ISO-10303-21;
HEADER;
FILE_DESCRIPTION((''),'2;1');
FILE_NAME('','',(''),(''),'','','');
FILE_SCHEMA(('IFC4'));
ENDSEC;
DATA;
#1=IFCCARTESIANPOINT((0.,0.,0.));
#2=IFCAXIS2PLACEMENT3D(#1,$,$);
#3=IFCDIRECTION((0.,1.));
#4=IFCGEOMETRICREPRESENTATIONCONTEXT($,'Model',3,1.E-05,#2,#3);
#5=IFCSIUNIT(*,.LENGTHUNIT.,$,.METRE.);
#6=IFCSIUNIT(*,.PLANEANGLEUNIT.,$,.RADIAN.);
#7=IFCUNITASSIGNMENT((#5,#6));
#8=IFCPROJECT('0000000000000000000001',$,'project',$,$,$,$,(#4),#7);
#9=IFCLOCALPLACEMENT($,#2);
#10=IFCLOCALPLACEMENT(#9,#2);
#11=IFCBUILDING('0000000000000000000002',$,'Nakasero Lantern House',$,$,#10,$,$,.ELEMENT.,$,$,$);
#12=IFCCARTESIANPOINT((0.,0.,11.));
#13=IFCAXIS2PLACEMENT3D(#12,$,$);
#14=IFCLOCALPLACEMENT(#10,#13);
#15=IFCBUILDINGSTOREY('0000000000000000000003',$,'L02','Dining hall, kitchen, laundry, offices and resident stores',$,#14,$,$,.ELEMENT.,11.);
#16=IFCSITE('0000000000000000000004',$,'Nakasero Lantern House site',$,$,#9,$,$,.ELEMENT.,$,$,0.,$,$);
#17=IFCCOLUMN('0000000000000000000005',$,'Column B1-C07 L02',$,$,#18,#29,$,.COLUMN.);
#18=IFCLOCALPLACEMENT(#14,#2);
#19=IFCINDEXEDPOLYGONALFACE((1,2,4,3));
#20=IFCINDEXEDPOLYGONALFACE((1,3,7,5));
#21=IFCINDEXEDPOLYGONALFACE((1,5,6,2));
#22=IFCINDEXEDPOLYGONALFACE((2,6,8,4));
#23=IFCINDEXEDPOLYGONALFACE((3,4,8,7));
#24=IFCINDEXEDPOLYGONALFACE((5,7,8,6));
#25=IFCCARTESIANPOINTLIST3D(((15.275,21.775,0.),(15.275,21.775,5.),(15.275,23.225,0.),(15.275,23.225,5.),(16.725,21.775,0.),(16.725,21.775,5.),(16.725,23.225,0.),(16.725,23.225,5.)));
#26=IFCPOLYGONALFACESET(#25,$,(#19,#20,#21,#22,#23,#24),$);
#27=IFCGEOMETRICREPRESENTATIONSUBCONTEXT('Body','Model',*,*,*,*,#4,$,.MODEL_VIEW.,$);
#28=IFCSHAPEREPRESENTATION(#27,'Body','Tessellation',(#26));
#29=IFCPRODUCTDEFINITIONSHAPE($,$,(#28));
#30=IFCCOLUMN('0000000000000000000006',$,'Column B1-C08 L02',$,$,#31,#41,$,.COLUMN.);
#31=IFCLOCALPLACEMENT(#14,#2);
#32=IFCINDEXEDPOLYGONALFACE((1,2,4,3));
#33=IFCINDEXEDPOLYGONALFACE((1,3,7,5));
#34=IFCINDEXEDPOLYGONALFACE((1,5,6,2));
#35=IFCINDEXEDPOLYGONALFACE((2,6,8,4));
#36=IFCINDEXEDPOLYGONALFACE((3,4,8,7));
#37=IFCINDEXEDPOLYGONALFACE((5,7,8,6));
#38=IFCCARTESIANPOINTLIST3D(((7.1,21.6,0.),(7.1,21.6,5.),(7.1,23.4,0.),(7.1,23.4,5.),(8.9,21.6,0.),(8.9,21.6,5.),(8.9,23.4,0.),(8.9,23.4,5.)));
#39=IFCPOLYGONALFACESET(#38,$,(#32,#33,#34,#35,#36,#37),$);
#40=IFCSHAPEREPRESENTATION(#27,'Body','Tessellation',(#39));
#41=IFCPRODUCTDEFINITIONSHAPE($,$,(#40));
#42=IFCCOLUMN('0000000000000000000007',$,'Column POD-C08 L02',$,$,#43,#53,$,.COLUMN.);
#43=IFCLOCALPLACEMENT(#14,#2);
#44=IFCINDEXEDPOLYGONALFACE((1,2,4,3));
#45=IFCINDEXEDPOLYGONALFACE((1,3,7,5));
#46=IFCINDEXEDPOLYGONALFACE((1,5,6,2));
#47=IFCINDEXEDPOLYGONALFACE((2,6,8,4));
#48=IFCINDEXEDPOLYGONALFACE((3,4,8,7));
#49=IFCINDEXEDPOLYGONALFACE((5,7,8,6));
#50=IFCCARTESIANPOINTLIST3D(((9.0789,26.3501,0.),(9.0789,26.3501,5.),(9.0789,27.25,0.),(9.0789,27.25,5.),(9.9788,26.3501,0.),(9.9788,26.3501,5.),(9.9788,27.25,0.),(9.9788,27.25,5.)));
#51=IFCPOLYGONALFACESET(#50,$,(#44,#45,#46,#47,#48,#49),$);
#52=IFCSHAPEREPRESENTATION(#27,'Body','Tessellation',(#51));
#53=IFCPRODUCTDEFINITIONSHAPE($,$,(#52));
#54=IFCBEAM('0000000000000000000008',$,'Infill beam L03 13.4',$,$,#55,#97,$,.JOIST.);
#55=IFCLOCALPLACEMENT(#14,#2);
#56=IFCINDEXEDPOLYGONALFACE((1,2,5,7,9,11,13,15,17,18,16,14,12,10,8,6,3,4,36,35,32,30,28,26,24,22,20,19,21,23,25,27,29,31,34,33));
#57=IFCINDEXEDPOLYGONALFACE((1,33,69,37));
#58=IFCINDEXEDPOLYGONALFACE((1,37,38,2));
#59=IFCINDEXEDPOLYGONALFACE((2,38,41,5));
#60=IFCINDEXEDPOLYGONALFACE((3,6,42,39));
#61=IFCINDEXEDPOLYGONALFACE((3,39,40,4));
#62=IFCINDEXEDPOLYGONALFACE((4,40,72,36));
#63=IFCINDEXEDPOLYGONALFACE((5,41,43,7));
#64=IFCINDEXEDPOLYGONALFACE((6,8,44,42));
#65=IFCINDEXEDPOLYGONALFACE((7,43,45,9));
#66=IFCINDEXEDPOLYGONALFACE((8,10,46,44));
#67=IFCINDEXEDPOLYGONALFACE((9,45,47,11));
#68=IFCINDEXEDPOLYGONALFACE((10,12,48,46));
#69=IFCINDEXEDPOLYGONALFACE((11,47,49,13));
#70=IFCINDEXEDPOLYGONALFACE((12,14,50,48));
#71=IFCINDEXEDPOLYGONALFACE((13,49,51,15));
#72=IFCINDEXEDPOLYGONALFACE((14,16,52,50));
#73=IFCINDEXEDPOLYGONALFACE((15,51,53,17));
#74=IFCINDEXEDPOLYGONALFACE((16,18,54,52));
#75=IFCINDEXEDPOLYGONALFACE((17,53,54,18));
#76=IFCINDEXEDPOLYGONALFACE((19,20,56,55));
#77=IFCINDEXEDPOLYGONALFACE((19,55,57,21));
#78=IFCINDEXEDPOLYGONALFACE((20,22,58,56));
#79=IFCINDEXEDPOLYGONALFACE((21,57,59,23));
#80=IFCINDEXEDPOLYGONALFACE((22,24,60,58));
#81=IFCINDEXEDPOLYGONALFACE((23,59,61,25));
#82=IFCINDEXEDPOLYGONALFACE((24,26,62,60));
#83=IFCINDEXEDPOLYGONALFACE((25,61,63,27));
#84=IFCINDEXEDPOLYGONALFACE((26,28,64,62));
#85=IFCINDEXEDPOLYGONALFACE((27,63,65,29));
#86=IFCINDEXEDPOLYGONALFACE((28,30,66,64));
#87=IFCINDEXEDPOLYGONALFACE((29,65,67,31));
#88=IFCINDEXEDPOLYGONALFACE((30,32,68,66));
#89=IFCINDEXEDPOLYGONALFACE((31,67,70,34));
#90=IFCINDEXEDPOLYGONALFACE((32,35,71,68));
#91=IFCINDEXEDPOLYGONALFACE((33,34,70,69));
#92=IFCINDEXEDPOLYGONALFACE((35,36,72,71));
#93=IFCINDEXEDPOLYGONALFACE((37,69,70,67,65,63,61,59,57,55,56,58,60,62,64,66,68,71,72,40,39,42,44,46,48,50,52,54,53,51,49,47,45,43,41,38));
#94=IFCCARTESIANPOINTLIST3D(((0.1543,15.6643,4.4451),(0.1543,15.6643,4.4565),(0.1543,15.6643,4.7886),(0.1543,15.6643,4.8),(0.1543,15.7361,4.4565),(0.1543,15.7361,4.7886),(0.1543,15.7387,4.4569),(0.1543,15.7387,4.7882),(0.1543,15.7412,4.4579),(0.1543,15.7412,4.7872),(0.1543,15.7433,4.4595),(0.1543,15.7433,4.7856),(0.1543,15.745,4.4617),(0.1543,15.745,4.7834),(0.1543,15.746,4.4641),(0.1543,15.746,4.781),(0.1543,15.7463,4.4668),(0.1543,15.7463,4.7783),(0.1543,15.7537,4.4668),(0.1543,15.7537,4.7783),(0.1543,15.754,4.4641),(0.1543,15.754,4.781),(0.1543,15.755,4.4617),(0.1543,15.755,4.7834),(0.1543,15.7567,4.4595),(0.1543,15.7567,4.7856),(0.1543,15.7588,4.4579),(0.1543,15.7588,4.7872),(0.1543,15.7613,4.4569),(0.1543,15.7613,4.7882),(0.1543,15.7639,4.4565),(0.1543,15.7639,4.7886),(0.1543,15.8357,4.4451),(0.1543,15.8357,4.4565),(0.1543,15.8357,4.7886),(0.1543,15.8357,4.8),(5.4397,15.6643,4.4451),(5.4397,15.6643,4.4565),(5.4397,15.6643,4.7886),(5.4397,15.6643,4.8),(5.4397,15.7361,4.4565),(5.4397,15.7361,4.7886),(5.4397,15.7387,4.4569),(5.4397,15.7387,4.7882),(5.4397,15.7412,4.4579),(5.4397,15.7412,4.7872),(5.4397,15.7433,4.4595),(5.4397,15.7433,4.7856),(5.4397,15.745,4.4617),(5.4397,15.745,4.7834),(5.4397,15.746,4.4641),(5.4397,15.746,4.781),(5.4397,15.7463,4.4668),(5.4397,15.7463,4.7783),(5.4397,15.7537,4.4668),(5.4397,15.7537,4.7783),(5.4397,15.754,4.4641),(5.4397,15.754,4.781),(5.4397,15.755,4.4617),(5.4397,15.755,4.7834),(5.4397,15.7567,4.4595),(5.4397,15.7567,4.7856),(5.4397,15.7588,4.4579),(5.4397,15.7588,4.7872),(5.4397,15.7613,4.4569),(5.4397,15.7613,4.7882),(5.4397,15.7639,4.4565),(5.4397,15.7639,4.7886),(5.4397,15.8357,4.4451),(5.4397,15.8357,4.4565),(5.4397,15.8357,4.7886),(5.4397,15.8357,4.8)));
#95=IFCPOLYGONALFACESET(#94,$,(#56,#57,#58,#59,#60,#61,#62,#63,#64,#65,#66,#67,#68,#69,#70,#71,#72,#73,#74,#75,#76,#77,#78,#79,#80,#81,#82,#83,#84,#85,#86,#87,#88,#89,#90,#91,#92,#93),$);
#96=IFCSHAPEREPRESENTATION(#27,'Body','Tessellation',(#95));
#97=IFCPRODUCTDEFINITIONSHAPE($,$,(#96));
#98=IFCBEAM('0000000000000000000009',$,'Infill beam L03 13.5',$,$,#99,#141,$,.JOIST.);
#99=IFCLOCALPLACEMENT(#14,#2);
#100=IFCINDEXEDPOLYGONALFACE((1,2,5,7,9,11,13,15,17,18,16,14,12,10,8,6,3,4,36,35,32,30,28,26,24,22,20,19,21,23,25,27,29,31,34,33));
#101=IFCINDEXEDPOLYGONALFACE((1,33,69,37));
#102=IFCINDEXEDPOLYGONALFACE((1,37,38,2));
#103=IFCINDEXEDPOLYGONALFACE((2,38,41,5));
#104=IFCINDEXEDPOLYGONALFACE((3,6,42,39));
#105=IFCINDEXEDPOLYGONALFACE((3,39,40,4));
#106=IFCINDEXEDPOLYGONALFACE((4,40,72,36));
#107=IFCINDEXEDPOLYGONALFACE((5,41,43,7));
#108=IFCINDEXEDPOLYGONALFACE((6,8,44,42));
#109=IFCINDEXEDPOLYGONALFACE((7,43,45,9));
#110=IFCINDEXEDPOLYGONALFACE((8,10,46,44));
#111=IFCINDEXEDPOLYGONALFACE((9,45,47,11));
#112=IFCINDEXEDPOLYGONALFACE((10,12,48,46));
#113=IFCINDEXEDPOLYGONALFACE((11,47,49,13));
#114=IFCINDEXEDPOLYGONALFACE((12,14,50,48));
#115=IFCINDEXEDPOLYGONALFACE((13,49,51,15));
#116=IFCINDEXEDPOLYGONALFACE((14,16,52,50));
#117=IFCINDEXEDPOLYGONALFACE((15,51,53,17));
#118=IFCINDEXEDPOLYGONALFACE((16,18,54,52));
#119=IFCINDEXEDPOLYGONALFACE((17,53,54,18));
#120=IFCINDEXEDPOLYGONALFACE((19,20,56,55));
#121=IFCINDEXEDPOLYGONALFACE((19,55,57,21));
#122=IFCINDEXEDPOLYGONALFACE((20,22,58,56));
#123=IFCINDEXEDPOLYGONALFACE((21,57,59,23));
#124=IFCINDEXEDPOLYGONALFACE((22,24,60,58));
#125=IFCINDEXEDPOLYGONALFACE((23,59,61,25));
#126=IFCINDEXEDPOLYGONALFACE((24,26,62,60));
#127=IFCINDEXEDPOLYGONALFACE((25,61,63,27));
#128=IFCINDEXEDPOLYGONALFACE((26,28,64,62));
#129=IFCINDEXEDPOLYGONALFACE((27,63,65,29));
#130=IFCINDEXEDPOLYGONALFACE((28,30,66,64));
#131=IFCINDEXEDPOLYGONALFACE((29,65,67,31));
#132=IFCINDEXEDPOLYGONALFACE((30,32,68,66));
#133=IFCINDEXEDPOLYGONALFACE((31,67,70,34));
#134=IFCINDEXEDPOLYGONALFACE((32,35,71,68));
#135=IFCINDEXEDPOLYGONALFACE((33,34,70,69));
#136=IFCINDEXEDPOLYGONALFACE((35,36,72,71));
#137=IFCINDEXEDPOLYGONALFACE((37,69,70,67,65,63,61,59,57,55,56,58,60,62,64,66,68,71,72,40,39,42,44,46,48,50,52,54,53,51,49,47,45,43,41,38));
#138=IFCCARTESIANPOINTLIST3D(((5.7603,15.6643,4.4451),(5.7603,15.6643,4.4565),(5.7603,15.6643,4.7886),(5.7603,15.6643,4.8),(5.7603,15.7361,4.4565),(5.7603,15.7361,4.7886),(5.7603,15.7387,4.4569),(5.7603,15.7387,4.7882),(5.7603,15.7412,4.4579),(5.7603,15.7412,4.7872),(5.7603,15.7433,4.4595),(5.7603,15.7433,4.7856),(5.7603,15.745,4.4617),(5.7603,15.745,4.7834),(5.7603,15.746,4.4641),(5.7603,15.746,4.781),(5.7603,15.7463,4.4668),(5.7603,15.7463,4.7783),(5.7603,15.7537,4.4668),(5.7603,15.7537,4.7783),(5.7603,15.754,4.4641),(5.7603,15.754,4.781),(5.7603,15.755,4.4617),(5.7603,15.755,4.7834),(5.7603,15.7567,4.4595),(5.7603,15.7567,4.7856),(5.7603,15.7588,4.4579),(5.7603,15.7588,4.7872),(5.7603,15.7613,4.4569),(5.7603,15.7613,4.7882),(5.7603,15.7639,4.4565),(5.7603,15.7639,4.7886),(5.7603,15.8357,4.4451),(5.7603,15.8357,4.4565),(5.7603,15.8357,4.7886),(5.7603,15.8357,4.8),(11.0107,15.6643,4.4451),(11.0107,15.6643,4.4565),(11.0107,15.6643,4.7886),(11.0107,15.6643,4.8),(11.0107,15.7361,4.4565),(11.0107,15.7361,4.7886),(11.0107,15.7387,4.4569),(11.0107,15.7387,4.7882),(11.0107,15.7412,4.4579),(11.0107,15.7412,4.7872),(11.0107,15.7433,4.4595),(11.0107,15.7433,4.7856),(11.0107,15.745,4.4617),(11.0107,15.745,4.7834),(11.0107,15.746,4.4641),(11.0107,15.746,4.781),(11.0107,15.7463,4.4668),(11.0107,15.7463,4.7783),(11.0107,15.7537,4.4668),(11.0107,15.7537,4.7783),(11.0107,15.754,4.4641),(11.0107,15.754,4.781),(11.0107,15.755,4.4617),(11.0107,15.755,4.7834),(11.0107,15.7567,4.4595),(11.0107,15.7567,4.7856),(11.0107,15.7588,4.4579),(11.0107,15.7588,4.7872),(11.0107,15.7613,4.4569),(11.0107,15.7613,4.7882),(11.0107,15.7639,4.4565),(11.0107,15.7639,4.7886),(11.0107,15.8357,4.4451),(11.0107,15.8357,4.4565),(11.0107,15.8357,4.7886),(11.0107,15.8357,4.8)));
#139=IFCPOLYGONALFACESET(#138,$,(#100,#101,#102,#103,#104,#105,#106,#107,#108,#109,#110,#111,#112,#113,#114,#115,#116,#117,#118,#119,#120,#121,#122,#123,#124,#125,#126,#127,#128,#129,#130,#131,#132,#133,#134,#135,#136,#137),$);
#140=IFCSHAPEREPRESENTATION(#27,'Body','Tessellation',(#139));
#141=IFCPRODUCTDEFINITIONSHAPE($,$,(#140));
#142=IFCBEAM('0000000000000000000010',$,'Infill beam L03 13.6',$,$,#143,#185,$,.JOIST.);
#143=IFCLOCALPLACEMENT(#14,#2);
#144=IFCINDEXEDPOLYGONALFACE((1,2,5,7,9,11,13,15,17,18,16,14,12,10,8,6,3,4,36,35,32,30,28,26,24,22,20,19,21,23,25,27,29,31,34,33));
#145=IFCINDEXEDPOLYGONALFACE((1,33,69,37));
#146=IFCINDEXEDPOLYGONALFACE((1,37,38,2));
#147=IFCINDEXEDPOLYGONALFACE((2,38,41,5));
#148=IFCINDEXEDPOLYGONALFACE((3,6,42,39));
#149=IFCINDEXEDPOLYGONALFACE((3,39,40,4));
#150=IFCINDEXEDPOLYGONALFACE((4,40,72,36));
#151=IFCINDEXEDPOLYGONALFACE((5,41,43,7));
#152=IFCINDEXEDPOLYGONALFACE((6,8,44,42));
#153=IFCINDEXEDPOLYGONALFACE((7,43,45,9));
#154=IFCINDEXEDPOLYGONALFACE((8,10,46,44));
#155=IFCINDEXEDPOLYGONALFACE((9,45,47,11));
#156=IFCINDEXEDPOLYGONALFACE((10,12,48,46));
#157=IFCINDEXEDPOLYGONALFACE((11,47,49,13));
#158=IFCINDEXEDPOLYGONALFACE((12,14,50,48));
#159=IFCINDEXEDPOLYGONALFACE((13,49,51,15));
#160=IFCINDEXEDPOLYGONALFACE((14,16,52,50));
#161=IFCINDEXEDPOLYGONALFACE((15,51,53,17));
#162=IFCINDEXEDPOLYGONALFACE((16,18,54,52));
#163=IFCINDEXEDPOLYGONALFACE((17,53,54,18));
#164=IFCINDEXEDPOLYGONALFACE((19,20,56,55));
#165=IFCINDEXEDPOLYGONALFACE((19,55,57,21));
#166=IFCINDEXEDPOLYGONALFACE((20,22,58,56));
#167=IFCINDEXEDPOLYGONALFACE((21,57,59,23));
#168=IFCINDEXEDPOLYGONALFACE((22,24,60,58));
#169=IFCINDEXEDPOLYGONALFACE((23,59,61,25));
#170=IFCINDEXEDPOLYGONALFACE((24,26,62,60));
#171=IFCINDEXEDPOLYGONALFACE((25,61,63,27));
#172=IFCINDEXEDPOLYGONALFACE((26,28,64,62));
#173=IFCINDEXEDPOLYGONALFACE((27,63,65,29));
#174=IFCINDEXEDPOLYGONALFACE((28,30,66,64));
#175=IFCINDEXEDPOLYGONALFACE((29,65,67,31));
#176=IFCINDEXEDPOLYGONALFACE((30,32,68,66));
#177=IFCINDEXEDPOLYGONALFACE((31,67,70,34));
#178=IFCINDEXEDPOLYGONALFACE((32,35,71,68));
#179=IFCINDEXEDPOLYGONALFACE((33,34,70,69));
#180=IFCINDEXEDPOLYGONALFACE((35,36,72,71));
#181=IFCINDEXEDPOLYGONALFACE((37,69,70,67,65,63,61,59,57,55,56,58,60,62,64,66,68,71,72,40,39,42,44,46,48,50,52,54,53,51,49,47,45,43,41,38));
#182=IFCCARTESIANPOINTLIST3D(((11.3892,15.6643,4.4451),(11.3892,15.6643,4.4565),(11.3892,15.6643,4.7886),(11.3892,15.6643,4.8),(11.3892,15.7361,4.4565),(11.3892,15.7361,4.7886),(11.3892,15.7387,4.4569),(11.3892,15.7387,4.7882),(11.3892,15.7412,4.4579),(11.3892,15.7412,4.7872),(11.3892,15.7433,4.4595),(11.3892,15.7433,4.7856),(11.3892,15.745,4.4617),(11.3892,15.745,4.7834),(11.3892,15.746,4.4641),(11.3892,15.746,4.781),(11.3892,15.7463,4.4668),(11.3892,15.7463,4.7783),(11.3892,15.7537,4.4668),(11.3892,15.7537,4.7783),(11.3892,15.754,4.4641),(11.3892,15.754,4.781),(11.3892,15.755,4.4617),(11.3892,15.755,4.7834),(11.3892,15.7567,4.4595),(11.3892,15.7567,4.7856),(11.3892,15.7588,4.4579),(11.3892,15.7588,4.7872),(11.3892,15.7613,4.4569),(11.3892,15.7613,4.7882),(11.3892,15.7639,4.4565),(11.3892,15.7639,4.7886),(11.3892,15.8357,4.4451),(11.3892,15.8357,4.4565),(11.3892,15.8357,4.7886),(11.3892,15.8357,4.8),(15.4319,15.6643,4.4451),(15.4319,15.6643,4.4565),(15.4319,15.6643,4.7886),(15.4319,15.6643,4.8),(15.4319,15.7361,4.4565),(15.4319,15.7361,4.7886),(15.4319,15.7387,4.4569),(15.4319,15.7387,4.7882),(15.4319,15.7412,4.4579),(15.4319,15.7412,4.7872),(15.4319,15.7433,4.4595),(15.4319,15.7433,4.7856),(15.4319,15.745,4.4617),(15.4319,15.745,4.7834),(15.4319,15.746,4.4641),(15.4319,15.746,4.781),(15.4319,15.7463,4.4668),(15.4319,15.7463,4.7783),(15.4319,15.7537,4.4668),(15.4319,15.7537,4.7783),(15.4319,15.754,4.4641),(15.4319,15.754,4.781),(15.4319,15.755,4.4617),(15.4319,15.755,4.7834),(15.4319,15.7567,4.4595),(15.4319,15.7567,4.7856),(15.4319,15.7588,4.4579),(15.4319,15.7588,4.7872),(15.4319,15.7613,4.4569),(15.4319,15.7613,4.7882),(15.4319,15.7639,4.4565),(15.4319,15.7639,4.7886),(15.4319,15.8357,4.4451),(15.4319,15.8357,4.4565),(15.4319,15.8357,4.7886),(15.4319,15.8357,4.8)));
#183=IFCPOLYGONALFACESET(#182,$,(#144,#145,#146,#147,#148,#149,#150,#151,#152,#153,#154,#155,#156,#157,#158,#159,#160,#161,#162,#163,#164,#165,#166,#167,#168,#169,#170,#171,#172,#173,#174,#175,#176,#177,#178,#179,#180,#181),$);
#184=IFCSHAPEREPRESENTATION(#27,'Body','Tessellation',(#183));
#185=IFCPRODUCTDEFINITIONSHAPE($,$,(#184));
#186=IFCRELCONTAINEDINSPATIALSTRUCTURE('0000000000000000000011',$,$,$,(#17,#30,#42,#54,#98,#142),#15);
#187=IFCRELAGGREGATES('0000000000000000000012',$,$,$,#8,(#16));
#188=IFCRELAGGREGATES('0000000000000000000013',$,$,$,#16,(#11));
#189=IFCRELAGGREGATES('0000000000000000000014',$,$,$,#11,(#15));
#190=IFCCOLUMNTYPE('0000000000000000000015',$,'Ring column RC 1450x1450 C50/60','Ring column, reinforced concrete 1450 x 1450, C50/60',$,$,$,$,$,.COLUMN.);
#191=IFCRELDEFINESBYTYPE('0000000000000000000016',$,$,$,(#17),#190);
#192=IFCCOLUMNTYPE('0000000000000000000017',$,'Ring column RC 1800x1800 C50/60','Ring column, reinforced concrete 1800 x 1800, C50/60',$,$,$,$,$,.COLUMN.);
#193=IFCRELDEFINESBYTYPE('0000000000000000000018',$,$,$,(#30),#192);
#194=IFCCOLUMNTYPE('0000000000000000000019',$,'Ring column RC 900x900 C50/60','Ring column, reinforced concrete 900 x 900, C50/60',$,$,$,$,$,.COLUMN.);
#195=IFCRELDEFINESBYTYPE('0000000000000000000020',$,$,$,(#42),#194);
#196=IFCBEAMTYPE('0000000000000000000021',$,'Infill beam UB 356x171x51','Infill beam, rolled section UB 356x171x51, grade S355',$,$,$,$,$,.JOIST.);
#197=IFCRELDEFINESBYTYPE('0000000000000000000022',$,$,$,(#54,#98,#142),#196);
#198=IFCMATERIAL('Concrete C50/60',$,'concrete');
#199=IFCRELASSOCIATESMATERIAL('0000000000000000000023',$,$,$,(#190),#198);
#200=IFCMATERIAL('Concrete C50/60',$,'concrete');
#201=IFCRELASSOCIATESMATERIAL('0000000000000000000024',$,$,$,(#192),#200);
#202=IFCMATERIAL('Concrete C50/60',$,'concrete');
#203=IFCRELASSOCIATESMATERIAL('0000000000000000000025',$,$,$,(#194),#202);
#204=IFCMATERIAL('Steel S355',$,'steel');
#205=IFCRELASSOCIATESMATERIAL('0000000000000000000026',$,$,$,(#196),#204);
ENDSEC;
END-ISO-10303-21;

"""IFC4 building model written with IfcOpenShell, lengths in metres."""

from ifc_helpers import new_model, si_unit, direction, frame, origin, origin_2d, place, context, subcontext, project, spatial, rectangle, i_section, extrude, material, material_profile, profile_set, type_object, element, save


model = new_model("IFC4")

# Units and contexts
model_context = context("Model", 3, precision=1e-05, world=origin(), true_north=direction((0.0, 1.0)))
body_context = subcontext(model_context, "Body", "Model", "MODEL_VIEW")
ifc_project = project(units=[si_unit("LENGTHUNIT", "METRE"), si_unit("PLANEANGLEUNIT", "RADIAN")], contexts=[model_context])

# Site, building, storey
site_placement = place(None, origin())
site = spatial("IfcSite", under=ifc_project, at=site_placement, Name="Nakasero Lantern House site", CompositionType="ELEMENT", RefElevation=0.0)
building_placement = place(site_placement, origin())
building = spatial("IfcBuilding", under=site, at=building_placement, Name="Nakasero Lantern House", CompositionType="ELEMENT")
storey_placement = place(building_placement, frame((0.0, 0.0, 11.0)))
storey = spatial("IfcBuildingStorey", under=building, at=storey_placement, Name="L02", Description="Dining hall, kitchen, laundry, offices and resident stores", CompositionType="ELEMENT", Elevation=11.0)

# Columns
ifc_material_1 = material(Name="Concrete C50/60", Category="concrete")
ifc_material_profile_1 = material_profile(ifc_material_1, rectangle(XDim=1.45, YDim=1.45, at=origin_2d()), Name="RC 1450x1450")
ifc_profile_set_1 = profile_set([ifc_material_profile_1], Name="Concrete C50/60")
column_type_1 = type_object("IfcColumnType", Name="Ring column RC 1450x1450 C50/60", Description="Ring column, reinforced concrete 1450 x 1450, C50/60", PredefinedType="COLUMN", material=ifc_profile_set_1)
column_1_placement = place(storey_placement, frame((16.0, 22.5, 0.0), z_axis=(0.0, 0.0, 1.0), x_axis=(1.0, 0.0, 0.0)))
element("IfcColumn", 1, at=column_1_placement, inside=storey, type_object=column_type_1, Name="Column B1-C07 L02", PredefinedType="COLUMN", context=body_context, shape_type="SweptSolid", body=[
    extrude(rectangle(XDim=1.45, YDim=1.45, at=origin_2d()), origin(), (0.0, 0.0, 1.0), 5.0),
])
ifc_material_2 = material(Name="Concrete C50/60", Category="concrete")
ifc_material_profile_2 = material_profile(ifc_material_2, rectangle(XDim=1.8, YDim=1.8, at=origin_2d()), Name="RC 1800x1800")
ifc_profile_set_2 = profile_set([ifc_material_profile_2], Name="Concrete C50/60")
column_type_2 = type_object("IfcColumnType", Name="Ring column RC 1800x1800 C50/60", Description="Ring column, reinforced concrete 1800 x 1800, C50/60", PredefinedType="COLUMN", material=ifc_profile_set_2)
column_2_placement = place(storey_placement, frame((8.0, 22.5, 0.0), z_axis=(0.0, 0.0, 1.0), x_axis=(1.0, 0.0, 0.0)))
element("IfcColumn", 2, at=column_2_placement, inside=storey, type_object=column_type_2, Name="Column B1-C08 L02", PredefinedType="COLUMN", context=body_context, shape_type="SweptSolid", body=[
    extrude(rectangle(XDim=1.8, YDim=1.8, at=origin_2d()), origin(), (0.0, 0.0, 1.0), 5.0),
])
ifc_material_3 = material(Name="Concrete C50/60", Category="concrete")
ifc_material_profile_3 = material_profile(ifc_material_3, rectangle(XDim=0.8999, YDim=0.8999, at=origin_2d()), Name="RC 900x900")
ifc_profile_set_3 = profile_set([ifc_material_profile_3], Name="Concrete C50/60")
column_type_3 = type_object("IfcColumnType", Name="Ring column RC 900x900 C50/60", Description="Ring column, reinforced concrete 900 x 900, C50/60", PredefinedType="COLUMN", material=ifc_profile_set_3)
column_3_placement = place(storey_placement, frame((9.5288, 26.8, 0.0), z_axis=(0.0, 0.0, 1.0), x_axis=(1.0, 0.0, 0.0)))
element("IfcColumn", 3, at=column_3_placement, inside=storey, type_object=column_type_3, Name="Column POD-C08 L02", PredefinedType="COLUMN", context=body_context, shape_type="SweptSolid", body=[
    extrude(rectangle(XDim=0.8999, YDim=0.8999, at=origin_2d()), origin(), (0.0, 0.0, 1.0), 5.0),
])

# Beams
ifc_material_4 = material(Name="Steel S355", Category="steel")
ifc_material_profile_4 = material_profile(ifc_material_4, i_section(OverallWidth=0.1714, OverallDepth=0.355, WebThickness=0.0073, FlangeThickness=0.0115, FilletRadius=0.0103, at=origin_2d()), Name="UB 356x171x51")
ifc_profile_set_4 = profile_set([ifc_material_profile_4], Name="Steel S355")
beam_type_1 = type_object("IfcBeamType", Name="Infill beam UB 356x171x51", Description="Infill beam, rolled section UB 356x171x51, grade S355", PredefinedType="JOIST", material=ifc_profile_set_4)
beam_1_placement = place(storey_placement, frame((0.1543, 15.75, 4.6226), z_axis=(1.0, 0.0, 0.0), x_axis=(0.0, 1.0, 0.0)))
element("IfcBeam", 4, at=beam_1_placement, inside=storey, type_object=beam_type_1, Name="Infill beam L03 13.4", PredefinedType="JOIST", context=body_context, shape_type="SweptSolid", body=[
    extrude(i_section(OverallWidth=0.1714, OverallDepth=0.355, WebThickness=0.0073, FlangeThickness=0.0115, FilletRadius=0.0103, at=origin_2d()), origin(), (0.0, 0.0, 1.0), 5.2854),
])
beam_2_placement = place(storey_placement, frame((5.7603, 15.75, 4.6226), z_axis=(1.0, 0.0, 0.0), x_axis=(0.0, 1.0, 0.0)))
element("IfcBeam", 5, at=beam_2_placement, inside=storey, type_object=beam_type_1, Name="Infill beam L03 13.5", PredefinedType="JOIST", context=body_context, shape_type="SweptSolid", body=[
    extrude(i_section(OverallWidth=0.1714, OverallDepth=0.355, WebThickness=0.0073, FlangeThickness=0.0115, FilletRadius=0.0103, at=origin_2d()), origin(), (0.0, 0.0, 1.0), 5.2505),
])
beam_3_placement = place(storey_placement, frame((11.3892, 15.75, 4.6226), z_axis=(1.0, 0.0, 0.0), x_axis=(0.0, 1.0, 0.0)))
element("IfcBeam", 6, at=beam_3_placement, inside=storey, type_object=beam_type_1, Name="Infill beam L03 13.6", PredefinedType="JOIST", context=body_context, shape_type="SweptSolid", body=[
    extrude(i_section(OverallWidth=0.1714, OverallDepth=0.355, WebThickness=0.0073, FlangeThickness=0.0115, FilletRadius=0.0103, at=origin_2d()), origin(), (0.0, 0.0, 1.0), 4.0427),
])

save(model, "model.ifc")
